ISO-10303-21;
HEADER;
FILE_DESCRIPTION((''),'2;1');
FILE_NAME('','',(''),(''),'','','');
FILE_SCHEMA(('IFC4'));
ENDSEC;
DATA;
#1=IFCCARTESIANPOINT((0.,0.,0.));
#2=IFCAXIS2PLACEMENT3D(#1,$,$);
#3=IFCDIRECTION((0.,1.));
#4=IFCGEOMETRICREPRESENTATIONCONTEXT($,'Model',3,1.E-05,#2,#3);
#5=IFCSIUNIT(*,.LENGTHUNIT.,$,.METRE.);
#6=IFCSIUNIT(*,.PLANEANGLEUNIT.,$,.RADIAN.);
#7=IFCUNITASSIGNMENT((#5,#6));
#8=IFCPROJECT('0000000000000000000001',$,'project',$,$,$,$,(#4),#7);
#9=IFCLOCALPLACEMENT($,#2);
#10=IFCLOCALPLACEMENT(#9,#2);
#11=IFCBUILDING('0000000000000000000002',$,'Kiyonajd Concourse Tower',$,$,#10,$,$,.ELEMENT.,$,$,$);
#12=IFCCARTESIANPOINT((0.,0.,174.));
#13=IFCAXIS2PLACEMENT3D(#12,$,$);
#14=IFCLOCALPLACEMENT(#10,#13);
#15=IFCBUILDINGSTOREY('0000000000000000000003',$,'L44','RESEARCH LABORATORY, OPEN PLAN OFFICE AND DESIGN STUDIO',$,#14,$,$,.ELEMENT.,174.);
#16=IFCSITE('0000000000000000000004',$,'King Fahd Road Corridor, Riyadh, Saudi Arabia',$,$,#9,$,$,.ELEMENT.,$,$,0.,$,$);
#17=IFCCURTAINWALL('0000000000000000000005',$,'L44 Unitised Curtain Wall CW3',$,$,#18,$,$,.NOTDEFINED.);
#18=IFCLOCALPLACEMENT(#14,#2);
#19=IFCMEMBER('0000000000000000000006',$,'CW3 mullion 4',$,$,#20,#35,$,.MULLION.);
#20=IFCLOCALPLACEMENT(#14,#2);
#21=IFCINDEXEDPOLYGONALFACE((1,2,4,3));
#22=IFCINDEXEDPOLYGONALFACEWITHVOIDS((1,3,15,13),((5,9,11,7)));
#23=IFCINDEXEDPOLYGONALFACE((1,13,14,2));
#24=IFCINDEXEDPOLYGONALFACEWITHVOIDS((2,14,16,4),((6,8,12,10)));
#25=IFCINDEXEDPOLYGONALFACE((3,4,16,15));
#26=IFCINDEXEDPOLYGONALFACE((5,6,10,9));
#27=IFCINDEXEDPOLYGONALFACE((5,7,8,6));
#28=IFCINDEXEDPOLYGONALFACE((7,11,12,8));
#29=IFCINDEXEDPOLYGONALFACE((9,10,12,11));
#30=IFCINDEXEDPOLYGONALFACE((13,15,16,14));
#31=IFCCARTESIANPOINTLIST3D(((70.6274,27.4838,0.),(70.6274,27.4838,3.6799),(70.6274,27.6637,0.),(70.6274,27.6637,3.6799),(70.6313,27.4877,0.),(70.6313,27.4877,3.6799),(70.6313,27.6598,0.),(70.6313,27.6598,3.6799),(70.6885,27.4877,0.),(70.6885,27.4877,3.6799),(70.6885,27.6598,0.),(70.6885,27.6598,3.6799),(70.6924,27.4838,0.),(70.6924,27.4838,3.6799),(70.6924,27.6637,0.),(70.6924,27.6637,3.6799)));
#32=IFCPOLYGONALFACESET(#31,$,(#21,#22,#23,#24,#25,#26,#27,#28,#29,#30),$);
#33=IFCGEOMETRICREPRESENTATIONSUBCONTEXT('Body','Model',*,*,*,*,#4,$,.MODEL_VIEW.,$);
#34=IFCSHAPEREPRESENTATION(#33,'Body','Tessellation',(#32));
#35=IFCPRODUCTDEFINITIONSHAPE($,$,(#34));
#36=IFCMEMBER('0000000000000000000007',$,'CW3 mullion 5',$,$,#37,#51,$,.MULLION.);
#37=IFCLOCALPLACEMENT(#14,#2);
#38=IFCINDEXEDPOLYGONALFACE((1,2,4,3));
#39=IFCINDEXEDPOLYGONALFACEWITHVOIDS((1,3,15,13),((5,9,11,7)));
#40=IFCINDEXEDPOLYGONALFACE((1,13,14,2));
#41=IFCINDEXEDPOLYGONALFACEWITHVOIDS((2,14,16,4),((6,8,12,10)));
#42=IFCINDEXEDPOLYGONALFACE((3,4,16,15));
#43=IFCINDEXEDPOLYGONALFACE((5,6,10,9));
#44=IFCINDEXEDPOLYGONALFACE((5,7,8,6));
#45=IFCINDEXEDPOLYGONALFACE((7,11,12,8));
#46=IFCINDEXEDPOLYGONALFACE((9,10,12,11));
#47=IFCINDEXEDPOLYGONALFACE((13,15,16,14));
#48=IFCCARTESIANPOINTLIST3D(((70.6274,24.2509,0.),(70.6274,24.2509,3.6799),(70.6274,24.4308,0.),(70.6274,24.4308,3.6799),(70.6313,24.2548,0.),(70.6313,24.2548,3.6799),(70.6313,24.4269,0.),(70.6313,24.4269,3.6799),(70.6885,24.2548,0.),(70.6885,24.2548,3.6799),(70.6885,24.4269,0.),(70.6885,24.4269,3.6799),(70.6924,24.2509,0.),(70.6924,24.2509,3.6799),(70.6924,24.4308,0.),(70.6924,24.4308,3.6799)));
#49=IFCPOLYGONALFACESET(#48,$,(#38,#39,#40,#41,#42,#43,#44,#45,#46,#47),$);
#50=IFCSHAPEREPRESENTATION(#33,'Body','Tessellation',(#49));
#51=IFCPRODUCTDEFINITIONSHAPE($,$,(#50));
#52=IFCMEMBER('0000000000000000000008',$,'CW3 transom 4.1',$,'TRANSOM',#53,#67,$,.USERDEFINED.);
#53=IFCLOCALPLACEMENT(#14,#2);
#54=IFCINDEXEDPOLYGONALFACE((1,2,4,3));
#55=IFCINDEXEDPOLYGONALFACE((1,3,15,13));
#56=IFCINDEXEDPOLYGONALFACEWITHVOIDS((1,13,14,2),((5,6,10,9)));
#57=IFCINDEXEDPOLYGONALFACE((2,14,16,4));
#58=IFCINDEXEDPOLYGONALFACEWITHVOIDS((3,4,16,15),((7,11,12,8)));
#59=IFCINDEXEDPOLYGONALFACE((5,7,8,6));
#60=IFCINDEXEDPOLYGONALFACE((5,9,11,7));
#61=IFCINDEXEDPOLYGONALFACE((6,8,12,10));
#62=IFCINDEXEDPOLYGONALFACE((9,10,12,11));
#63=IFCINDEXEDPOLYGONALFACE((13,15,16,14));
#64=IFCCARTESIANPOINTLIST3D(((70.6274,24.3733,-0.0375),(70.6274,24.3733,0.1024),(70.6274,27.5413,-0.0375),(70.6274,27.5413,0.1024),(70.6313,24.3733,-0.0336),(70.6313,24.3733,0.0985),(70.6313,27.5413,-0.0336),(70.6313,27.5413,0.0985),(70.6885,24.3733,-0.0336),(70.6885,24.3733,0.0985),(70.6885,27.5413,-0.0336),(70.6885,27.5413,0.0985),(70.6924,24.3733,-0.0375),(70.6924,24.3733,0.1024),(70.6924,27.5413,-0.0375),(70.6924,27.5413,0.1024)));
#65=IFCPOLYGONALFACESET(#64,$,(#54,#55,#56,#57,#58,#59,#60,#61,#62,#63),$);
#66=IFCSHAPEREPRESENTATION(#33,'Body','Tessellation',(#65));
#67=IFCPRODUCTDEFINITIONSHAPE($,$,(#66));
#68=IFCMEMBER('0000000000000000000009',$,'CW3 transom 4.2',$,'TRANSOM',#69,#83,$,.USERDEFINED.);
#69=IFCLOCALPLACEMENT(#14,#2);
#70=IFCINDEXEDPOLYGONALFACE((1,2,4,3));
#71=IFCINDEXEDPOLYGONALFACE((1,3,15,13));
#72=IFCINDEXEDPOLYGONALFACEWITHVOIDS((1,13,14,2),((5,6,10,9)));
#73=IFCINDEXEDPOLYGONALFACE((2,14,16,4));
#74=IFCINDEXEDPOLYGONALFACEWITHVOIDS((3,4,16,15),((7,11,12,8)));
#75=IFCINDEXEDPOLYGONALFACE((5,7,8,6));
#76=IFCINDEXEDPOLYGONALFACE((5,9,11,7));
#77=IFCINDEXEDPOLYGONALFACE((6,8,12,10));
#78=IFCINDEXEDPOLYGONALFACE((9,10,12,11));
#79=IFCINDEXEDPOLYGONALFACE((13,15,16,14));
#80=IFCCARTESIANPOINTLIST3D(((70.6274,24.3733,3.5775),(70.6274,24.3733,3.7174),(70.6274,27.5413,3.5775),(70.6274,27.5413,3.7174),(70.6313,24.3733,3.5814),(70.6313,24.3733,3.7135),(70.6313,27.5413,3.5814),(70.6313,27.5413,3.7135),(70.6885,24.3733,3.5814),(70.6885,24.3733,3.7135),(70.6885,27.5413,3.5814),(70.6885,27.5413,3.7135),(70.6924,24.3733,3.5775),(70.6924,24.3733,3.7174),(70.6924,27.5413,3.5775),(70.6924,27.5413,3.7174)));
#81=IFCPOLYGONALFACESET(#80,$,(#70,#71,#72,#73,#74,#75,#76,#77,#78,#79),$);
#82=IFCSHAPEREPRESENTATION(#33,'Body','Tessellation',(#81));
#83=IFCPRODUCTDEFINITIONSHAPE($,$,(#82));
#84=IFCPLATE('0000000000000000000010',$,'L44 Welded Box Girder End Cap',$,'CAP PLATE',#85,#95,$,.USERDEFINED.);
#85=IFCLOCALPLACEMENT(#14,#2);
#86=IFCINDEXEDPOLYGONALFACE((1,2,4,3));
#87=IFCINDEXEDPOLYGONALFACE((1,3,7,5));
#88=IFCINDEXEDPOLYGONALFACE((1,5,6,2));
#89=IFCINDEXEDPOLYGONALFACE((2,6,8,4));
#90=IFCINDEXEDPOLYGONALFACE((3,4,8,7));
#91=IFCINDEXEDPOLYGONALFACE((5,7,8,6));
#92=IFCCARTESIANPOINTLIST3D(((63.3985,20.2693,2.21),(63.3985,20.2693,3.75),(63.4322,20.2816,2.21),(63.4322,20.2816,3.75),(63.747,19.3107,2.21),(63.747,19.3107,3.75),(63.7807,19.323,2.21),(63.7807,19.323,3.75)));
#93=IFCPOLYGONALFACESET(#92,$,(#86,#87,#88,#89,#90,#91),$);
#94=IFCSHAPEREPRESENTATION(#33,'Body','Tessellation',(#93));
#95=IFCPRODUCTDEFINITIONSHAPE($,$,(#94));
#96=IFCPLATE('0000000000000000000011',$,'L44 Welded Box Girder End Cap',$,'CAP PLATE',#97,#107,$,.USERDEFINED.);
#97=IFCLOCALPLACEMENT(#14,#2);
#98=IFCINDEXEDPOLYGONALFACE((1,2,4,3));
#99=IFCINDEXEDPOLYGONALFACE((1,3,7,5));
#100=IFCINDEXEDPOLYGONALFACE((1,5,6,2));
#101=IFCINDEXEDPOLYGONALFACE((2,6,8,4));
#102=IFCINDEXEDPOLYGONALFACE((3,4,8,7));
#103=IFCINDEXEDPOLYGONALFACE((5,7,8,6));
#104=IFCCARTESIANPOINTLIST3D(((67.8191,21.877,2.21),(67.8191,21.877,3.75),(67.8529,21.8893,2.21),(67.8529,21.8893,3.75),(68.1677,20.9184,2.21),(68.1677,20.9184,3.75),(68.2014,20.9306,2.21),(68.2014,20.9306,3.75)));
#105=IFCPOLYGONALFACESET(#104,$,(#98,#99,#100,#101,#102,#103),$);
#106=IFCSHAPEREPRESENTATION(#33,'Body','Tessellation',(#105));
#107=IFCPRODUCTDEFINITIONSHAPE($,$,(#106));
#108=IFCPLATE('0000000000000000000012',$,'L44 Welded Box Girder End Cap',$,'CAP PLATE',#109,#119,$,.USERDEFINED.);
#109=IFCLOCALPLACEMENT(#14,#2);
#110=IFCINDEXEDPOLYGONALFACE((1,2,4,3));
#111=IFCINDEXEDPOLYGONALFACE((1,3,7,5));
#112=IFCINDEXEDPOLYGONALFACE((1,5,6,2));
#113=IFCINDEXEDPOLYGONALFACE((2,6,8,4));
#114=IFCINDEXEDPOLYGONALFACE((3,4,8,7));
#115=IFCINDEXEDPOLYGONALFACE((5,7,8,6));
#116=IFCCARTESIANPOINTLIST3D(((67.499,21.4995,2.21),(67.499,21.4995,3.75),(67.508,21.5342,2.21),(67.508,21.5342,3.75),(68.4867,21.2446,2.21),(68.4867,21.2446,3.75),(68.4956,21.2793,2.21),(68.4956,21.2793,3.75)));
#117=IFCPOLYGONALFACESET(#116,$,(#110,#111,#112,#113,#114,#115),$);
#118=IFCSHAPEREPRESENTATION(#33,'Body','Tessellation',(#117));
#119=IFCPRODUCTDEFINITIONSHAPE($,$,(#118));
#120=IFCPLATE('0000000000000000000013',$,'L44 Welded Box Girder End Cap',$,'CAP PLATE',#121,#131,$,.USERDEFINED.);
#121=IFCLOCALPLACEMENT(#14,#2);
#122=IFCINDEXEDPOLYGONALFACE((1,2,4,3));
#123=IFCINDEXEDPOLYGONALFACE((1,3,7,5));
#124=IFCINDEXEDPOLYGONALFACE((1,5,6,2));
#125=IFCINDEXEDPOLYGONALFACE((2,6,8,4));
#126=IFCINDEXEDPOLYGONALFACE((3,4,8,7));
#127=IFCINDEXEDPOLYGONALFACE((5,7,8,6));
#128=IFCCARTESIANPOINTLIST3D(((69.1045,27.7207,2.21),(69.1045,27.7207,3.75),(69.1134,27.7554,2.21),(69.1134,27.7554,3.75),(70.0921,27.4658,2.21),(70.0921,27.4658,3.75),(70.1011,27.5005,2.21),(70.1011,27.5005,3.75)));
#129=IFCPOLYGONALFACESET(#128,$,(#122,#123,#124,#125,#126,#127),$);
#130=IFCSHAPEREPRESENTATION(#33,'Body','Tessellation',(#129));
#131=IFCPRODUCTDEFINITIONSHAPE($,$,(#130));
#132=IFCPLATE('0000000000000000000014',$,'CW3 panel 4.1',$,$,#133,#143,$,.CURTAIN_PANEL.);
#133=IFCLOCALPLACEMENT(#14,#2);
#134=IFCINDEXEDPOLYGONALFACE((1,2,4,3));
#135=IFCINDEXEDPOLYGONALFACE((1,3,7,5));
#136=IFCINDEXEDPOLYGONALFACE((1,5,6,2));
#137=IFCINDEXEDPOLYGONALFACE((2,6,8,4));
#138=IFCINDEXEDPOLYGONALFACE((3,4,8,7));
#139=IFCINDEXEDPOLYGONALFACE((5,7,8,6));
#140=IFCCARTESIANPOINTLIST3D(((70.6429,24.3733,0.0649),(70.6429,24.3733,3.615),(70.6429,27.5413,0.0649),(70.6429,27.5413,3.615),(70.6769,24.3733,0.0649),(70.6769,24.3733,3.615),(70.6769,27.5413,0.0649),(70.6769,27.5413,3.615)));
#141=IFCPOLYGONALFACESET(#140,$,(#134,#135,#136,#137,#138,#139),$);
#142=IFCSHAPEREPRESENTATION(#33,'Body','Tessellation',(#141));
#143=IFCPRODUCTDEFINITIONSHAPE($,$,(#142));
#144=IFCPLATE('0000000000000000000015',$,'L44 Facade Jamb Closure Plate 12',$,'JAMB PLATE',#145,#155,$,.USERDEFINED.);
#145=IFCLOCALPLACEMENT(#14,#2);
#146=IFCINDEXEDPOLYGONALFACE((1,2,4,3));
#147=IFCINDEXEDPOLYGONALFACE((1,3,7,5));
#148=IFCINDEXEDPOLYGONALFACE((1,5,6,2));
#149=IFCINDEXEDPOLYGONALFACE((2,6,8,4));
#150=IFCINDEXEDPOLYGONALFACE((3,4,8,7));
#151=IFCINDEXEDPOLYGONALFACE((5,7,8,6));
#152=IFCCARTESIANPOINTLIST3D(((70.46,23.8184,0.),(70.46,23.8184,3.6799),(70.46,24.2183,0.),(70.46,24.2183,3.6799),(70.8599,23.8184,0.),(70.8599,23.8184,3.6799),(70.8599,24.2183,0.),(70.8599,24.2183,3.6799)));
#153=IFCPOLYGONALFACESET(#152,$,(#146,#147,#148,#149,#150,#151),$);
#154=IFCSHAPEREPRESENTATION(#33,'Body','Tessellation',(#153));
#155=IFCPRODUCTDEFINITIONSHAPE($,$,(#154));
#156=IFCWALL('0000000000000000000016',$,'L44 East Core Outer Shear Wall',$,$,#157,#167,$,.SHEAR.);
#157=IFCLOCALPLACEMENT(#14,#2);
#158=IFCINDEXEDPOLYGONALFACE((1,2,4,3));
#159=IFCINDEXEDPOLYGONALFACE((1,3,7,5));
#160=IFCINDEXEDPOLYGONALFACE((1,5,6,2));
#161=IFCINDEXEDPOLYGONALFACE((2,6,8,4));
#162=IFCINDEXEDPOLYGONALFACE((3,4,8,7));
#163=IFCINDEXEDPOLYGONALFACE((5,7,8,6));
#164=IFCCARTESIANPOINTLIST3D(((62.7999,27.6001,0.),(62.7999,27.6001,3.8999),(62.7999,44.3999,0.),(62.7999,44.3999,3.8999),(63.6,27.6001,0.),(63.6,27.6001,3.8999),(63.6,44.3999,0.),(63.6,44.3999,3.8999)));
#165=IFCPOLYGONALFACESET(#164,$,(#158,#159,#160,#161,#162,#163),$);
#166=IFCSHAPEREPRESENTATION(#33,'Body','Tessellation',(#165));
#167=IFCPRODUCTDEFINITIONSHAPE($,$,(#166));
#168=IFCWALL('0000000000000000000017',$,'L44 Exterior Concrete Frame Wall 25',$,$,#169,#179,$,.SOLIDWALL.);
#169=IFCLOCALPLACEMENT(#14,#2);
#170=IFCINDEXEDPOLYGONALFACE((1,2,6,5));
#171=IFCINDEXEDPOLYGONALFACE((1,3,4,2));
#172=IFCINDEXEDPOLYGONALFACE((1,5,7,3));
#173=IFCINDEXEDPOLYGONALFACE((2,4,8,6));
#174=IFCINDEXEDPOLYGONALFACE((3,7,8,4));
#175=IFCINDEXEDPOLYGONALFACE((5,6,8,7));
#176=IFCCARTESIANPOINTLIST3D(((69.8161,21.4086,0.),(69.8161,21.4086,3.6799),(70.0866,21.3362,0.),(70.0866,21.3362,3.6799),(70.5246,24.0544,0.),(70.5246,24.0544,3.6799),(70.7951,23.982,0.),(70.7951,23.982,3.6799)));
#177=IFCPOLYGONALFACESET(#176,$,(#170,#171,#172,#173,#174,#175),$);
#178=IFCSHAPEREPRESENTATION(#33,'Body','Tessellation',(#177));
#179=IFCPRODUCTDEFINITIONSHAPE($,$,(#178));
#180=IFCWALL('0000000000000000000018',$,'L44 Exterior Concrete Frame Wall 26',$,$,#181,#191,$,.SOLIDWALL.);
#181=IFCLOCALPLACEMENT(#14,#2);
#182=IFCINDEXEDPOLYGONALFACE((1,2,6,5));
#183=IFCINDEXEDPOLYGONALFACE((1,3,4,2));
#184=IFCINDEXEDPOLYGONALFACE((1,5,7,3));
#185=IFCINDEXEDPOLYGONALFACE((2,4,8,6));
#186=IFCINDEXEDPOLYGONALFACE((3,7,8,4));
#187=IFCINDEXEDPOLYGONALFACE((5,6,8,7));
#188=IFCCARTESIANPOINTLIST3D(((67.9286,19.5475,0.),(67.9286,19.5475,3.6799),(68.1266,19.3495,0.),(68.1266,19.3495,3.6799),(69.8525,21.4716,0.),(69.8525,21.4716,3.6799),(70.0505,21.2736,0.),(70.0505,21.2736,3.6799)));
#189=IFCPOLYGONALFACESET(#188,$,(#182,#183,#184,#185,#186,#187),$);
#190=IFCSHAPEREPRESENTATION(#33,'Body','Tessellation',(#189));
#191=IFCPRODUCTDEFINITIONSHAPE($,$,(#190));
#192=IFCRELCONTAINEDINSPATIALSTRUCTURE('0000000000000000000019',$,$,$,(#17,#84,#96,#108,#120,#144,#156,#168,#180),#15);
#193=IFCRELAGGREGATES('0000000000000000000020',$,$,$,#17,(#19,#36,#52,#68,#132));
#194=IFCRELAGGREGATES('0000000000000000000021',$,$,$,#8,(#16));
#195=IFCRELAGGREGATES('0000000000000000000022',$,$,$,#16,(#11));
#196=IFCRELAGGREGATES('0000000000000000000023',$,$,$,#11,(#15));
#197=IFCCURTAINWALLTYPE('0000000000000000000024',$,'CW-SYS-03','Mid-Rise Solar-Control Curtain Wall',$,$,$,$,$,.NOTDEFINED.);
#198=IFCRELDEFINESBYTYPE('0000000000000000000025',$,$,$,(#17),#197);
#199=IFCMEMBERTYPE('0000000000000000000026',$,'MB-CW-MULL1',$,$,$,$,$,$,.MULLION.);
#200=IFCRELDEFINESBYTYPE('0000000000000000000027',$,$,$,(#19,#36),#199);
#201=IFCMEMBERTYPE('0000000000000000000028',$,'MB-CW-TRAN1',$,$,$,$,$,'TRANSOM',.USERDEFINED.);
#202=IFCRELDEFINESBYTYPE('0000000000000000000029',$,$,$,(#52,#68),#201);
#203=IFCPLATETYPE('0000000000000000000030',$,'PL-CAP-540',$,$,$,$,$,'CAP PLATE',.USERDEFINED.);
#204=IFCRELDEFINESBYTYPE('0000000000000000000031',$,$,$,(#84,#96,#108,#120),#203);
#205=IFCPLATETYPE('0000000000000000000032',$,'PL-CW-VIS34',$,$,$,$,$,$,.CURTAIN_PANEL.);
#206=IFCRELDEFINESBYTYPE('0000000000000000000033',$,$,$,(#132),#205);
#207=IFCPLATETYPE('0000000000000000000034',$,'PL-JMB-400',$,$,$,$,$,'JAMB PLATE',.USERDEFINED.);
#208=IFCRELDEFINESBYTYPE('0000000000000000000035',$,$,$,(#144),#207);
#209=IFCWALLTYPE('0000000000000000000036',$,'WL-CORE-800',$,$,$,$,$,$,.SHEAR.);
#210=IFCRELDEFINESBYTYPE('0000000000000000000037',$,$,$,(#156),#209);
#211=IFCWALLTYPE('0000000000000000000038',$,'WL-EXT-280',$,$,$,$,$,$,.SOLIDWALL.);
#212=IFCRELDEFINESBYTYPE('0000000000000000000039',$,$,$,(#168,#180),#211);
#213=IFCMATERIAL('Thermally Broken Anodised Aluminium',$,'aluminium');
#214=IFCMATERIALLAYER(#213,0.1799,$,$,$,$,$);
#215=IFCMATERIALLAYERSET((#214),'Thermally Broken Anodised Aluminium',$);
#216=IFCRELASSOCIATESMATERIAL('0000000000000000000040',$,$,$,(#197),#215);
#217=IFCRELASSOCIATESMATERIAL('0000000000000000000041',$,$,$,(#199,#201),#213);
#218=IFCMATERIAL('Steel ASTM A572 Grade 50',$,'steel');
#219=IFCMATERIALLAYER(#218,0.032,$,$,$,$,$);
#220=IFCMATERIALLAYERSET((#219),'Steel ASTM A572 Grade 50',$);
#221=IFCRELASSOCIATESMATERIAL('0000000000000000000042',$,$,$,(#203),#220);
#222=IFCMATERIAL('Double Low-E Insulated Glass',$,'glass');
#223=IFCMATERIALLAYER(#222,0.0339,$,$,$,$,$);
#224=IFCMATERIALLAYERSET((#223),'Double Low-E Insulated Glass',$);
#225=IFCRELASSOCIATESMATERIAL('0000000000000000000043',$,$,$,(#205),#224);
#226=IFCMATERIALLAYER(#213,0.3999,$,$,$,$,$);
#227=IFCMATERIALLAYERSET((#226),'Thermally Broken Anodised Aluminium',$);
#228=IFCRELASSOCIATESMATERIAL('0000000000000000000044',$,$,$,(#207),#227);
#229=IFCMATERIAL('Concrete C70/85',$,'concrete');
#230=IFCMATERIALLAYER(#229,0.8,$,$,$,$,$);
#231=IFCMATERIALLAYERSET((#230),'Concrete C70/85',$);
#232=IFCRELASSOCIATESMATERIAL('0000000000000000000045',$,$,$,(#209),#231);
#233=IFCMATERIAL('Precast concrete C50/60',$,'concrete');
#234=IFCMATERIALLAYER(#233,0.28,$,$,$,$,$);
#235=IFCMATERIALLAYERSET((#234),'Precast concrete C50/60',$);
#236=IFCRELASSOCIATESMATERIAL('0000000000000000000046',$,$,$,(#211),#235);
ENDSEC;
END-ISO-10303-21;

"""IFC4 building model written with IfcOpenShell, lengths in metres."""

from ifc_helpers import new_model, si_unit, direction, frame, frame_2d, origin, origin_2d, place, context, subcontext, project, spatial, rectangle, hollow_rectangle, extrude, material, layer, layer_set, material_profile, profile_set, type_object, element, aggregate, save


model = new_model("IFC4")

# Units and contexts
model_context = context("Model", 3, precision=1e-05, world=origin(), true_north=direction((0.0, 1.0)))
body_context = subcontext(model_context, "Body", "Model", "MODEL_VIEW")
ifc_project = project(units=[si_unit("LENGTHUNIT", "METRE"), si_unit("PLANEANGLEUNIT", "RADIAN")], contexts=[model_context])

# Site, building, storey
site_placement = place(None, origin())
site = spatial("IfcSite", under=ifc_project, at=site_placement, Name="King Fahd Road Corridor, Riyadh, Saudi Arabia", CompositionType="ELEMENT", RefElevation=0.0)
building_placement = place(site_placement, origin())
building = spatial("IfcBuilding", under=site, at=building_placement, Name="Kiyonajd Concourse Tower", CompositionType="ELEMENT")
storey_placement = place(building_placement, frame((0.0, 0.0, 174.0)))
storey = spatial("IfcBuildingStorey", under=building, at=storey_placement, Name="L44", Description="RESEARCH LABORATORY, OPEN PLAN OFFICE AND DESIGN STUDIO", CompositionType="ELEMENT", Elevation=174.0)

# Shared definitions
ifc_material_1 = material(Name="Concrete C70/85", Category="concrete")

# Shared definitions
ifc_material_2 = material(Name="Steel ASTM A572 Grade 50", Category="steel")

# Curtain wall, members
ifc_material_3 = material(Name="Thermally Broken Anodised Aluminium", Category="aluminium")
ifc_layer_1 = layer(ifc_material_3, 0.1799)
ifc_layer_set_1 = layer_set([ifc_layer_1], Name="Thermally Broken Anodised Aluminium")
curtain_wall_type = type_object("IfcCurtainWallType", Name="CW-SYS-03", Description="Mid-Rise Solar-Control Curtain Wall", PredefinedType="NOTDEFINED", material=ifc_layer_set_1)
curtain_wall_placement = place(storey_placement, origin())
curtain_wall = element("IfcCurtainWall", 1, at=curtain_wall_placement, inside=storey, type_object=curtain_wall_type, Name="L44 Unitised Curtain Wall CW3", PredefinedType="NOTDEFINED")
ifc_material_profile_1 = material_profile(ifc_material_3, hollow_rectangle(XDim=0.0649, YDim=0.1799, WallThickness=0.0039, at=origin_2d()), Name="MULL-65x180")
ifc_profile_set_1 = profile_set([ifc_material_profile_1], Name="Thermally Broken Anodised Aluminium")
member_type_1 = type_object("IfcMemberType", Name="MB-CW-MULL1", PredefinedType="MULLION", material=ifc_profile_set_1)
member_1_placement = place(storey_placement, frame((70.6599, 27.5737, 0.0), z_axis=(0.0, 0.0, 1.0), x_axis=(1.0, 0.0, 0.0)))
member_1 = element("IfcMember", 2, at=member_1_placement, type_object=member_type_1, Name="CW3 mullion 4", PredefinedType="MULLION", context=body_context, shape_type="SweptSolid", body=[
    extrude(hollow_rectangle(XDim=0.0649, YDim=0.1799, WallThickness=0.0039, at=origin_2d()), origin(), (0.0, 0.0, 1.0), 3.6799),
])
member_2_placement = place(storey_placement, frame((70.6599, 24.3408, 0.0), z_axis=(0.0, 0.0, 1.0), x_axis=(1.0, 0.0, 0.0)))
member_2 = element("IfcMember", 3, at=member_2_placement, type_object=member_type_1, Name="CW3 mullion 5", PredefinedType="MULLION", context=body_context, shape_type="SweptSolid", body=[
    extrude(hollow_rectangle(XDim=0.0649, YDim=0.1799, WallThickness=0.0039, at=origin_2d()), origin(), (0.0, 0.0, 1.0), 3.6799),
])
ifc_material_profile_2 = material_profile(ifc_material_3, hollow_rectangle(XDim=0.0649, YDim=0.1399, WallThickness=0.0039, at=origin_2d()), Name="TRAN-65x140")
ifc_profile_set_2 = profile_set([ifc_material_profile_2], Name="Thermally Broken Anodised Aluminium")
member_type_2 = type_object("IfcMemberType", Name="MB-CW-TRAN1", ElementType="TRANSOM", PredefinedType="USERDEFINED", material=ifc_profile_set_2)
member_3_placement = place(storey_placement, frame((70.6599, 27.5413, 0.0325), z_axis=(0.0, -1.0, 0.0), x_axis=(1.0, 0.0, 0.0)))
member_3 = element("IfcMember", 4, at=member_3_placement, type_object=member_type_2, Name="CW3 transom 4.1", ObjectType="TRANSOM", PredefinedType="USERDEFINED", context=body_context, shape_type="SweptSolid", body=[
    extrude(hollow_rectangle(XDim=0.0649, YDim=0.1399, WallThickness=0.0039, at=origin_2d()), origin(), (0.0, 0.0, 1.0), 3.168),
])
member_4_placement = place(storey_placement, frame((70.6599, 27.5413, 3.6475), z_axis=(0.0, -1.0, 0.0), x_axis=(1.0, 0.0, 0.0)))
member_4 = element("IfcMember", 5, at=member_4_placement, type_object=member_type_2, Name="CW3 transom 4.2", ObjectType="TRANSOM", PredefinedType="USERDEFINED", context=body_context, shape_type="SweptSolid", body=[
    extrude(hollow_rectangle(XDim=0.0649, YDim=0.1399, WallThickness=0.0039, at=origin_2d()), origin(), (0.0, 0.0, 1.0), 3.168),
])

# Plates
ifc_layer_2 = layer(ifc_material_2, 0.032)
ifc_layer_set_2 = layer_set([ifc_layer_2], Name="Steel ASTM A572 Grade 50")
plate_type_1 = type_object("IfcPlateType", Name="PL-CAP-540", ElementType="CAP PLATE", PredefinedType="USERDEFINED", material=ifc_layer_set_2)
for number, where, z_axis, x_axis, name in (
    (6, (63.5896, 19.7961, 2.21), (0.0, 0.0, 1.0), (-0.939812, -0.341692, 0.0), "L44 Welded Box Girder End Cap"),
    (7, (68.0103, 21.4038, 2.21), (0.0, 0.0, 1.0), (0.939812, 0.341692, 0.0), "L44 Welded Box Girder End Cap"),
    (8, (67.9973, 21.3894, 2.21), (0.0, 0.0, 1.0), (-0.249873, -0.968279, 0.0), "L44 Welded Box Girder End Cap"),
    (9, (69.6028, 27.6106, 2.21), (0.0, 0.0, 1.0), (0.249873, 0.968279, 0.0), "L44 Welded Box Girder End Cap"),
):
    element("IfcPlate", number, at=place(storey_placement, frame(where, z_axis=z_axis, x_axis=x_axis)), inside=storey, type_object=plate_type_1, Name=name, ObjectType="CAP PLATE", PredefinedType="USERDEFINED", context=body_context, shape_type="SweptSolid", body=[
        extrude(rectangle(XDim=0.0359, YDim=1.02, at=origin_2d()), origin(), (0.0, 0.0, 1.0), 1.54),
    ])

# Plates
ifc_material_4 = material(Name="Double Low-E Insulated Glass", Category="glass")
ifc_layer_3 = layer(ifc_material_4, 0.0339)
ifc_layer_set_3 = layer_set([ifc_layer_3], Name="Double Low-E Insulated Glass")
plate_type_2 = type_object("IfcPlateType", Name="PL-CW-VIS34", PredefinedType="CURTAIN_PANEL", material=ifc_layer_set_3)
plate_1_placement = place(storey_placement, frame((70.6599, 25.9573, 0.0649), z_axis=(0.0, 0.0, 1.0), x_axis=(0.0, -1.0, 0.0)))
plate_1 = element("IfcPlate", 10, at=plate_1_placement, type_object=plate_type_2, Name="CW3 panel 4.1", PredefinedType="CURTAIN_PANEL", context=body_context, shape_type="SweptSolid", body=[
    extrude(rectangle(XDim=3.168, YDim=0.0339, at=origin_2d()), origin(), (0.0, 0.0, 1.0), 3.55),
])
aggregate(curtain_wall, [member_1, member_2, member_3, member_4, plate_1])
ifc_layer_4 = layer(ifc_material_3, 0.3999)
ifc_layer_set_4 = layer_set([ifc_layer_4], Name="Thermally Broken Anodised Aluminium")
plate_type_3 = type_object("IfcPlateType", Name="PL-JMB-400", ElementType="JAMB PLATE", PredefinedType="USERDEFINED", material=ifc_layer_set_4)
plate_2_placement = place(storey_placement, frame((70.6599, 24.0183, 0.0), z_axis=(0.0, 0.0, 1.0), x_axis=(1.0, 0.0, 0.0)))
element("IfcPlate", 11, at=plate_2_placement, inside=storey, type_object=plate_type_3, Name="L44 Facade Jamb Closure Plate 12", ObjectType="JAMB PLATE", PredefinedType="USERDEFINED", context=body_context, shape_type="SweptSolid", body=[
    extrude(rectangle(XDim=0.3999, YDim=0.3999, at=origin_2d()), origin(), (0.0, 0.0, 1.0), 3.6799),
])

# Walls
ifc_layer_5 = layer(ifc_material_1, 0.8)
ifc_layer_set_5 = layer_set([ifc_layer_5], Name="Concrete C70/85")
wall_type_1 = type_object("IfcWallType", Name="WL-CORE-800", PredefinedType="SHEAR", material=ifc_layer_set_5)
wall_1_placement = place(storey_placement, frame((63.2, 27.6001, 0.0), z_axis=(0.0, 0.0, 1.0), x_axis=(0.0, 1.0, 0.0)))
element("IfcWall", 12, at=wall_1_placement, inside=storey, type_object=wall_type_1, Name="L44 East Core Outer Shear Wall", PredefinedType="SHEAR", context=body_context, shape_type="SweptSolid", body=[
    extrude(rectangle(XDim=16.7998, YDim=0.8, at=frame_2d((8.3999, 0.0))), origin(), (0.0, 0.0, 1.0), 3.8999),
])
ifc_material_5 = material(Name="Precast concrete C50/60", Category="concrete")
ifc_layer_6 = layer(ifc_material_5, 0.28)
ifc_layer_set_6 = layer_set([ifc_layer_6], Name="Precast concrete C50/60")
wall_type_2 = type_object("IfcWallType", Name="WL-EXT-280", PredefinedType="SOLIDWALL", material=ifc_layer_set_6)
wall_2_placement = place(storey_placement, frame((70.6599, 24.0183, 0.0), z_axis=(0.0, 0.0, 1.0), x_axis=(-0.258672, -0.965965, 0.0)))
element("IfcWall", 13, at=wall_2_placement, inside=storey, type_object=wall_type_2, Name="L44 Exterior Concrete Frame Wall 25", PredefinedType="SOLIDWALL", context=body_context, shape_type="SweptSolid", body=[
    extrude(rectangle(XDim=2.739, YDim=0.28, at=frame_2d((1.3696, 0.0))), origin(), (0.0, 0.0, 1.0), 3.6799),
])
wall_3_placement = place(storey_placement, frame((69.9514, 21.3726, 0.0), z_axis=(0.0, 0.0, 1.0), x_axis=(-0.707062, -0.707152, 0.0)))
element("IfcWall", 14, at=wall_3_placement, inside=storey, type_object=wall_type_2, Name="L44 Exterior Concrete Frame Wall 26", PredefinedType="SOLIDWALL", context=body_context, shape_type="SweptSolid", body=[
    extrude(rectangle(XDim=2.7209, YDim=0.28, at=frame_2d((1.3604, 0.0))), origin(), (0.0, 0.0, 1.0), 3.6799),
])

save(model, "model.ifc")
